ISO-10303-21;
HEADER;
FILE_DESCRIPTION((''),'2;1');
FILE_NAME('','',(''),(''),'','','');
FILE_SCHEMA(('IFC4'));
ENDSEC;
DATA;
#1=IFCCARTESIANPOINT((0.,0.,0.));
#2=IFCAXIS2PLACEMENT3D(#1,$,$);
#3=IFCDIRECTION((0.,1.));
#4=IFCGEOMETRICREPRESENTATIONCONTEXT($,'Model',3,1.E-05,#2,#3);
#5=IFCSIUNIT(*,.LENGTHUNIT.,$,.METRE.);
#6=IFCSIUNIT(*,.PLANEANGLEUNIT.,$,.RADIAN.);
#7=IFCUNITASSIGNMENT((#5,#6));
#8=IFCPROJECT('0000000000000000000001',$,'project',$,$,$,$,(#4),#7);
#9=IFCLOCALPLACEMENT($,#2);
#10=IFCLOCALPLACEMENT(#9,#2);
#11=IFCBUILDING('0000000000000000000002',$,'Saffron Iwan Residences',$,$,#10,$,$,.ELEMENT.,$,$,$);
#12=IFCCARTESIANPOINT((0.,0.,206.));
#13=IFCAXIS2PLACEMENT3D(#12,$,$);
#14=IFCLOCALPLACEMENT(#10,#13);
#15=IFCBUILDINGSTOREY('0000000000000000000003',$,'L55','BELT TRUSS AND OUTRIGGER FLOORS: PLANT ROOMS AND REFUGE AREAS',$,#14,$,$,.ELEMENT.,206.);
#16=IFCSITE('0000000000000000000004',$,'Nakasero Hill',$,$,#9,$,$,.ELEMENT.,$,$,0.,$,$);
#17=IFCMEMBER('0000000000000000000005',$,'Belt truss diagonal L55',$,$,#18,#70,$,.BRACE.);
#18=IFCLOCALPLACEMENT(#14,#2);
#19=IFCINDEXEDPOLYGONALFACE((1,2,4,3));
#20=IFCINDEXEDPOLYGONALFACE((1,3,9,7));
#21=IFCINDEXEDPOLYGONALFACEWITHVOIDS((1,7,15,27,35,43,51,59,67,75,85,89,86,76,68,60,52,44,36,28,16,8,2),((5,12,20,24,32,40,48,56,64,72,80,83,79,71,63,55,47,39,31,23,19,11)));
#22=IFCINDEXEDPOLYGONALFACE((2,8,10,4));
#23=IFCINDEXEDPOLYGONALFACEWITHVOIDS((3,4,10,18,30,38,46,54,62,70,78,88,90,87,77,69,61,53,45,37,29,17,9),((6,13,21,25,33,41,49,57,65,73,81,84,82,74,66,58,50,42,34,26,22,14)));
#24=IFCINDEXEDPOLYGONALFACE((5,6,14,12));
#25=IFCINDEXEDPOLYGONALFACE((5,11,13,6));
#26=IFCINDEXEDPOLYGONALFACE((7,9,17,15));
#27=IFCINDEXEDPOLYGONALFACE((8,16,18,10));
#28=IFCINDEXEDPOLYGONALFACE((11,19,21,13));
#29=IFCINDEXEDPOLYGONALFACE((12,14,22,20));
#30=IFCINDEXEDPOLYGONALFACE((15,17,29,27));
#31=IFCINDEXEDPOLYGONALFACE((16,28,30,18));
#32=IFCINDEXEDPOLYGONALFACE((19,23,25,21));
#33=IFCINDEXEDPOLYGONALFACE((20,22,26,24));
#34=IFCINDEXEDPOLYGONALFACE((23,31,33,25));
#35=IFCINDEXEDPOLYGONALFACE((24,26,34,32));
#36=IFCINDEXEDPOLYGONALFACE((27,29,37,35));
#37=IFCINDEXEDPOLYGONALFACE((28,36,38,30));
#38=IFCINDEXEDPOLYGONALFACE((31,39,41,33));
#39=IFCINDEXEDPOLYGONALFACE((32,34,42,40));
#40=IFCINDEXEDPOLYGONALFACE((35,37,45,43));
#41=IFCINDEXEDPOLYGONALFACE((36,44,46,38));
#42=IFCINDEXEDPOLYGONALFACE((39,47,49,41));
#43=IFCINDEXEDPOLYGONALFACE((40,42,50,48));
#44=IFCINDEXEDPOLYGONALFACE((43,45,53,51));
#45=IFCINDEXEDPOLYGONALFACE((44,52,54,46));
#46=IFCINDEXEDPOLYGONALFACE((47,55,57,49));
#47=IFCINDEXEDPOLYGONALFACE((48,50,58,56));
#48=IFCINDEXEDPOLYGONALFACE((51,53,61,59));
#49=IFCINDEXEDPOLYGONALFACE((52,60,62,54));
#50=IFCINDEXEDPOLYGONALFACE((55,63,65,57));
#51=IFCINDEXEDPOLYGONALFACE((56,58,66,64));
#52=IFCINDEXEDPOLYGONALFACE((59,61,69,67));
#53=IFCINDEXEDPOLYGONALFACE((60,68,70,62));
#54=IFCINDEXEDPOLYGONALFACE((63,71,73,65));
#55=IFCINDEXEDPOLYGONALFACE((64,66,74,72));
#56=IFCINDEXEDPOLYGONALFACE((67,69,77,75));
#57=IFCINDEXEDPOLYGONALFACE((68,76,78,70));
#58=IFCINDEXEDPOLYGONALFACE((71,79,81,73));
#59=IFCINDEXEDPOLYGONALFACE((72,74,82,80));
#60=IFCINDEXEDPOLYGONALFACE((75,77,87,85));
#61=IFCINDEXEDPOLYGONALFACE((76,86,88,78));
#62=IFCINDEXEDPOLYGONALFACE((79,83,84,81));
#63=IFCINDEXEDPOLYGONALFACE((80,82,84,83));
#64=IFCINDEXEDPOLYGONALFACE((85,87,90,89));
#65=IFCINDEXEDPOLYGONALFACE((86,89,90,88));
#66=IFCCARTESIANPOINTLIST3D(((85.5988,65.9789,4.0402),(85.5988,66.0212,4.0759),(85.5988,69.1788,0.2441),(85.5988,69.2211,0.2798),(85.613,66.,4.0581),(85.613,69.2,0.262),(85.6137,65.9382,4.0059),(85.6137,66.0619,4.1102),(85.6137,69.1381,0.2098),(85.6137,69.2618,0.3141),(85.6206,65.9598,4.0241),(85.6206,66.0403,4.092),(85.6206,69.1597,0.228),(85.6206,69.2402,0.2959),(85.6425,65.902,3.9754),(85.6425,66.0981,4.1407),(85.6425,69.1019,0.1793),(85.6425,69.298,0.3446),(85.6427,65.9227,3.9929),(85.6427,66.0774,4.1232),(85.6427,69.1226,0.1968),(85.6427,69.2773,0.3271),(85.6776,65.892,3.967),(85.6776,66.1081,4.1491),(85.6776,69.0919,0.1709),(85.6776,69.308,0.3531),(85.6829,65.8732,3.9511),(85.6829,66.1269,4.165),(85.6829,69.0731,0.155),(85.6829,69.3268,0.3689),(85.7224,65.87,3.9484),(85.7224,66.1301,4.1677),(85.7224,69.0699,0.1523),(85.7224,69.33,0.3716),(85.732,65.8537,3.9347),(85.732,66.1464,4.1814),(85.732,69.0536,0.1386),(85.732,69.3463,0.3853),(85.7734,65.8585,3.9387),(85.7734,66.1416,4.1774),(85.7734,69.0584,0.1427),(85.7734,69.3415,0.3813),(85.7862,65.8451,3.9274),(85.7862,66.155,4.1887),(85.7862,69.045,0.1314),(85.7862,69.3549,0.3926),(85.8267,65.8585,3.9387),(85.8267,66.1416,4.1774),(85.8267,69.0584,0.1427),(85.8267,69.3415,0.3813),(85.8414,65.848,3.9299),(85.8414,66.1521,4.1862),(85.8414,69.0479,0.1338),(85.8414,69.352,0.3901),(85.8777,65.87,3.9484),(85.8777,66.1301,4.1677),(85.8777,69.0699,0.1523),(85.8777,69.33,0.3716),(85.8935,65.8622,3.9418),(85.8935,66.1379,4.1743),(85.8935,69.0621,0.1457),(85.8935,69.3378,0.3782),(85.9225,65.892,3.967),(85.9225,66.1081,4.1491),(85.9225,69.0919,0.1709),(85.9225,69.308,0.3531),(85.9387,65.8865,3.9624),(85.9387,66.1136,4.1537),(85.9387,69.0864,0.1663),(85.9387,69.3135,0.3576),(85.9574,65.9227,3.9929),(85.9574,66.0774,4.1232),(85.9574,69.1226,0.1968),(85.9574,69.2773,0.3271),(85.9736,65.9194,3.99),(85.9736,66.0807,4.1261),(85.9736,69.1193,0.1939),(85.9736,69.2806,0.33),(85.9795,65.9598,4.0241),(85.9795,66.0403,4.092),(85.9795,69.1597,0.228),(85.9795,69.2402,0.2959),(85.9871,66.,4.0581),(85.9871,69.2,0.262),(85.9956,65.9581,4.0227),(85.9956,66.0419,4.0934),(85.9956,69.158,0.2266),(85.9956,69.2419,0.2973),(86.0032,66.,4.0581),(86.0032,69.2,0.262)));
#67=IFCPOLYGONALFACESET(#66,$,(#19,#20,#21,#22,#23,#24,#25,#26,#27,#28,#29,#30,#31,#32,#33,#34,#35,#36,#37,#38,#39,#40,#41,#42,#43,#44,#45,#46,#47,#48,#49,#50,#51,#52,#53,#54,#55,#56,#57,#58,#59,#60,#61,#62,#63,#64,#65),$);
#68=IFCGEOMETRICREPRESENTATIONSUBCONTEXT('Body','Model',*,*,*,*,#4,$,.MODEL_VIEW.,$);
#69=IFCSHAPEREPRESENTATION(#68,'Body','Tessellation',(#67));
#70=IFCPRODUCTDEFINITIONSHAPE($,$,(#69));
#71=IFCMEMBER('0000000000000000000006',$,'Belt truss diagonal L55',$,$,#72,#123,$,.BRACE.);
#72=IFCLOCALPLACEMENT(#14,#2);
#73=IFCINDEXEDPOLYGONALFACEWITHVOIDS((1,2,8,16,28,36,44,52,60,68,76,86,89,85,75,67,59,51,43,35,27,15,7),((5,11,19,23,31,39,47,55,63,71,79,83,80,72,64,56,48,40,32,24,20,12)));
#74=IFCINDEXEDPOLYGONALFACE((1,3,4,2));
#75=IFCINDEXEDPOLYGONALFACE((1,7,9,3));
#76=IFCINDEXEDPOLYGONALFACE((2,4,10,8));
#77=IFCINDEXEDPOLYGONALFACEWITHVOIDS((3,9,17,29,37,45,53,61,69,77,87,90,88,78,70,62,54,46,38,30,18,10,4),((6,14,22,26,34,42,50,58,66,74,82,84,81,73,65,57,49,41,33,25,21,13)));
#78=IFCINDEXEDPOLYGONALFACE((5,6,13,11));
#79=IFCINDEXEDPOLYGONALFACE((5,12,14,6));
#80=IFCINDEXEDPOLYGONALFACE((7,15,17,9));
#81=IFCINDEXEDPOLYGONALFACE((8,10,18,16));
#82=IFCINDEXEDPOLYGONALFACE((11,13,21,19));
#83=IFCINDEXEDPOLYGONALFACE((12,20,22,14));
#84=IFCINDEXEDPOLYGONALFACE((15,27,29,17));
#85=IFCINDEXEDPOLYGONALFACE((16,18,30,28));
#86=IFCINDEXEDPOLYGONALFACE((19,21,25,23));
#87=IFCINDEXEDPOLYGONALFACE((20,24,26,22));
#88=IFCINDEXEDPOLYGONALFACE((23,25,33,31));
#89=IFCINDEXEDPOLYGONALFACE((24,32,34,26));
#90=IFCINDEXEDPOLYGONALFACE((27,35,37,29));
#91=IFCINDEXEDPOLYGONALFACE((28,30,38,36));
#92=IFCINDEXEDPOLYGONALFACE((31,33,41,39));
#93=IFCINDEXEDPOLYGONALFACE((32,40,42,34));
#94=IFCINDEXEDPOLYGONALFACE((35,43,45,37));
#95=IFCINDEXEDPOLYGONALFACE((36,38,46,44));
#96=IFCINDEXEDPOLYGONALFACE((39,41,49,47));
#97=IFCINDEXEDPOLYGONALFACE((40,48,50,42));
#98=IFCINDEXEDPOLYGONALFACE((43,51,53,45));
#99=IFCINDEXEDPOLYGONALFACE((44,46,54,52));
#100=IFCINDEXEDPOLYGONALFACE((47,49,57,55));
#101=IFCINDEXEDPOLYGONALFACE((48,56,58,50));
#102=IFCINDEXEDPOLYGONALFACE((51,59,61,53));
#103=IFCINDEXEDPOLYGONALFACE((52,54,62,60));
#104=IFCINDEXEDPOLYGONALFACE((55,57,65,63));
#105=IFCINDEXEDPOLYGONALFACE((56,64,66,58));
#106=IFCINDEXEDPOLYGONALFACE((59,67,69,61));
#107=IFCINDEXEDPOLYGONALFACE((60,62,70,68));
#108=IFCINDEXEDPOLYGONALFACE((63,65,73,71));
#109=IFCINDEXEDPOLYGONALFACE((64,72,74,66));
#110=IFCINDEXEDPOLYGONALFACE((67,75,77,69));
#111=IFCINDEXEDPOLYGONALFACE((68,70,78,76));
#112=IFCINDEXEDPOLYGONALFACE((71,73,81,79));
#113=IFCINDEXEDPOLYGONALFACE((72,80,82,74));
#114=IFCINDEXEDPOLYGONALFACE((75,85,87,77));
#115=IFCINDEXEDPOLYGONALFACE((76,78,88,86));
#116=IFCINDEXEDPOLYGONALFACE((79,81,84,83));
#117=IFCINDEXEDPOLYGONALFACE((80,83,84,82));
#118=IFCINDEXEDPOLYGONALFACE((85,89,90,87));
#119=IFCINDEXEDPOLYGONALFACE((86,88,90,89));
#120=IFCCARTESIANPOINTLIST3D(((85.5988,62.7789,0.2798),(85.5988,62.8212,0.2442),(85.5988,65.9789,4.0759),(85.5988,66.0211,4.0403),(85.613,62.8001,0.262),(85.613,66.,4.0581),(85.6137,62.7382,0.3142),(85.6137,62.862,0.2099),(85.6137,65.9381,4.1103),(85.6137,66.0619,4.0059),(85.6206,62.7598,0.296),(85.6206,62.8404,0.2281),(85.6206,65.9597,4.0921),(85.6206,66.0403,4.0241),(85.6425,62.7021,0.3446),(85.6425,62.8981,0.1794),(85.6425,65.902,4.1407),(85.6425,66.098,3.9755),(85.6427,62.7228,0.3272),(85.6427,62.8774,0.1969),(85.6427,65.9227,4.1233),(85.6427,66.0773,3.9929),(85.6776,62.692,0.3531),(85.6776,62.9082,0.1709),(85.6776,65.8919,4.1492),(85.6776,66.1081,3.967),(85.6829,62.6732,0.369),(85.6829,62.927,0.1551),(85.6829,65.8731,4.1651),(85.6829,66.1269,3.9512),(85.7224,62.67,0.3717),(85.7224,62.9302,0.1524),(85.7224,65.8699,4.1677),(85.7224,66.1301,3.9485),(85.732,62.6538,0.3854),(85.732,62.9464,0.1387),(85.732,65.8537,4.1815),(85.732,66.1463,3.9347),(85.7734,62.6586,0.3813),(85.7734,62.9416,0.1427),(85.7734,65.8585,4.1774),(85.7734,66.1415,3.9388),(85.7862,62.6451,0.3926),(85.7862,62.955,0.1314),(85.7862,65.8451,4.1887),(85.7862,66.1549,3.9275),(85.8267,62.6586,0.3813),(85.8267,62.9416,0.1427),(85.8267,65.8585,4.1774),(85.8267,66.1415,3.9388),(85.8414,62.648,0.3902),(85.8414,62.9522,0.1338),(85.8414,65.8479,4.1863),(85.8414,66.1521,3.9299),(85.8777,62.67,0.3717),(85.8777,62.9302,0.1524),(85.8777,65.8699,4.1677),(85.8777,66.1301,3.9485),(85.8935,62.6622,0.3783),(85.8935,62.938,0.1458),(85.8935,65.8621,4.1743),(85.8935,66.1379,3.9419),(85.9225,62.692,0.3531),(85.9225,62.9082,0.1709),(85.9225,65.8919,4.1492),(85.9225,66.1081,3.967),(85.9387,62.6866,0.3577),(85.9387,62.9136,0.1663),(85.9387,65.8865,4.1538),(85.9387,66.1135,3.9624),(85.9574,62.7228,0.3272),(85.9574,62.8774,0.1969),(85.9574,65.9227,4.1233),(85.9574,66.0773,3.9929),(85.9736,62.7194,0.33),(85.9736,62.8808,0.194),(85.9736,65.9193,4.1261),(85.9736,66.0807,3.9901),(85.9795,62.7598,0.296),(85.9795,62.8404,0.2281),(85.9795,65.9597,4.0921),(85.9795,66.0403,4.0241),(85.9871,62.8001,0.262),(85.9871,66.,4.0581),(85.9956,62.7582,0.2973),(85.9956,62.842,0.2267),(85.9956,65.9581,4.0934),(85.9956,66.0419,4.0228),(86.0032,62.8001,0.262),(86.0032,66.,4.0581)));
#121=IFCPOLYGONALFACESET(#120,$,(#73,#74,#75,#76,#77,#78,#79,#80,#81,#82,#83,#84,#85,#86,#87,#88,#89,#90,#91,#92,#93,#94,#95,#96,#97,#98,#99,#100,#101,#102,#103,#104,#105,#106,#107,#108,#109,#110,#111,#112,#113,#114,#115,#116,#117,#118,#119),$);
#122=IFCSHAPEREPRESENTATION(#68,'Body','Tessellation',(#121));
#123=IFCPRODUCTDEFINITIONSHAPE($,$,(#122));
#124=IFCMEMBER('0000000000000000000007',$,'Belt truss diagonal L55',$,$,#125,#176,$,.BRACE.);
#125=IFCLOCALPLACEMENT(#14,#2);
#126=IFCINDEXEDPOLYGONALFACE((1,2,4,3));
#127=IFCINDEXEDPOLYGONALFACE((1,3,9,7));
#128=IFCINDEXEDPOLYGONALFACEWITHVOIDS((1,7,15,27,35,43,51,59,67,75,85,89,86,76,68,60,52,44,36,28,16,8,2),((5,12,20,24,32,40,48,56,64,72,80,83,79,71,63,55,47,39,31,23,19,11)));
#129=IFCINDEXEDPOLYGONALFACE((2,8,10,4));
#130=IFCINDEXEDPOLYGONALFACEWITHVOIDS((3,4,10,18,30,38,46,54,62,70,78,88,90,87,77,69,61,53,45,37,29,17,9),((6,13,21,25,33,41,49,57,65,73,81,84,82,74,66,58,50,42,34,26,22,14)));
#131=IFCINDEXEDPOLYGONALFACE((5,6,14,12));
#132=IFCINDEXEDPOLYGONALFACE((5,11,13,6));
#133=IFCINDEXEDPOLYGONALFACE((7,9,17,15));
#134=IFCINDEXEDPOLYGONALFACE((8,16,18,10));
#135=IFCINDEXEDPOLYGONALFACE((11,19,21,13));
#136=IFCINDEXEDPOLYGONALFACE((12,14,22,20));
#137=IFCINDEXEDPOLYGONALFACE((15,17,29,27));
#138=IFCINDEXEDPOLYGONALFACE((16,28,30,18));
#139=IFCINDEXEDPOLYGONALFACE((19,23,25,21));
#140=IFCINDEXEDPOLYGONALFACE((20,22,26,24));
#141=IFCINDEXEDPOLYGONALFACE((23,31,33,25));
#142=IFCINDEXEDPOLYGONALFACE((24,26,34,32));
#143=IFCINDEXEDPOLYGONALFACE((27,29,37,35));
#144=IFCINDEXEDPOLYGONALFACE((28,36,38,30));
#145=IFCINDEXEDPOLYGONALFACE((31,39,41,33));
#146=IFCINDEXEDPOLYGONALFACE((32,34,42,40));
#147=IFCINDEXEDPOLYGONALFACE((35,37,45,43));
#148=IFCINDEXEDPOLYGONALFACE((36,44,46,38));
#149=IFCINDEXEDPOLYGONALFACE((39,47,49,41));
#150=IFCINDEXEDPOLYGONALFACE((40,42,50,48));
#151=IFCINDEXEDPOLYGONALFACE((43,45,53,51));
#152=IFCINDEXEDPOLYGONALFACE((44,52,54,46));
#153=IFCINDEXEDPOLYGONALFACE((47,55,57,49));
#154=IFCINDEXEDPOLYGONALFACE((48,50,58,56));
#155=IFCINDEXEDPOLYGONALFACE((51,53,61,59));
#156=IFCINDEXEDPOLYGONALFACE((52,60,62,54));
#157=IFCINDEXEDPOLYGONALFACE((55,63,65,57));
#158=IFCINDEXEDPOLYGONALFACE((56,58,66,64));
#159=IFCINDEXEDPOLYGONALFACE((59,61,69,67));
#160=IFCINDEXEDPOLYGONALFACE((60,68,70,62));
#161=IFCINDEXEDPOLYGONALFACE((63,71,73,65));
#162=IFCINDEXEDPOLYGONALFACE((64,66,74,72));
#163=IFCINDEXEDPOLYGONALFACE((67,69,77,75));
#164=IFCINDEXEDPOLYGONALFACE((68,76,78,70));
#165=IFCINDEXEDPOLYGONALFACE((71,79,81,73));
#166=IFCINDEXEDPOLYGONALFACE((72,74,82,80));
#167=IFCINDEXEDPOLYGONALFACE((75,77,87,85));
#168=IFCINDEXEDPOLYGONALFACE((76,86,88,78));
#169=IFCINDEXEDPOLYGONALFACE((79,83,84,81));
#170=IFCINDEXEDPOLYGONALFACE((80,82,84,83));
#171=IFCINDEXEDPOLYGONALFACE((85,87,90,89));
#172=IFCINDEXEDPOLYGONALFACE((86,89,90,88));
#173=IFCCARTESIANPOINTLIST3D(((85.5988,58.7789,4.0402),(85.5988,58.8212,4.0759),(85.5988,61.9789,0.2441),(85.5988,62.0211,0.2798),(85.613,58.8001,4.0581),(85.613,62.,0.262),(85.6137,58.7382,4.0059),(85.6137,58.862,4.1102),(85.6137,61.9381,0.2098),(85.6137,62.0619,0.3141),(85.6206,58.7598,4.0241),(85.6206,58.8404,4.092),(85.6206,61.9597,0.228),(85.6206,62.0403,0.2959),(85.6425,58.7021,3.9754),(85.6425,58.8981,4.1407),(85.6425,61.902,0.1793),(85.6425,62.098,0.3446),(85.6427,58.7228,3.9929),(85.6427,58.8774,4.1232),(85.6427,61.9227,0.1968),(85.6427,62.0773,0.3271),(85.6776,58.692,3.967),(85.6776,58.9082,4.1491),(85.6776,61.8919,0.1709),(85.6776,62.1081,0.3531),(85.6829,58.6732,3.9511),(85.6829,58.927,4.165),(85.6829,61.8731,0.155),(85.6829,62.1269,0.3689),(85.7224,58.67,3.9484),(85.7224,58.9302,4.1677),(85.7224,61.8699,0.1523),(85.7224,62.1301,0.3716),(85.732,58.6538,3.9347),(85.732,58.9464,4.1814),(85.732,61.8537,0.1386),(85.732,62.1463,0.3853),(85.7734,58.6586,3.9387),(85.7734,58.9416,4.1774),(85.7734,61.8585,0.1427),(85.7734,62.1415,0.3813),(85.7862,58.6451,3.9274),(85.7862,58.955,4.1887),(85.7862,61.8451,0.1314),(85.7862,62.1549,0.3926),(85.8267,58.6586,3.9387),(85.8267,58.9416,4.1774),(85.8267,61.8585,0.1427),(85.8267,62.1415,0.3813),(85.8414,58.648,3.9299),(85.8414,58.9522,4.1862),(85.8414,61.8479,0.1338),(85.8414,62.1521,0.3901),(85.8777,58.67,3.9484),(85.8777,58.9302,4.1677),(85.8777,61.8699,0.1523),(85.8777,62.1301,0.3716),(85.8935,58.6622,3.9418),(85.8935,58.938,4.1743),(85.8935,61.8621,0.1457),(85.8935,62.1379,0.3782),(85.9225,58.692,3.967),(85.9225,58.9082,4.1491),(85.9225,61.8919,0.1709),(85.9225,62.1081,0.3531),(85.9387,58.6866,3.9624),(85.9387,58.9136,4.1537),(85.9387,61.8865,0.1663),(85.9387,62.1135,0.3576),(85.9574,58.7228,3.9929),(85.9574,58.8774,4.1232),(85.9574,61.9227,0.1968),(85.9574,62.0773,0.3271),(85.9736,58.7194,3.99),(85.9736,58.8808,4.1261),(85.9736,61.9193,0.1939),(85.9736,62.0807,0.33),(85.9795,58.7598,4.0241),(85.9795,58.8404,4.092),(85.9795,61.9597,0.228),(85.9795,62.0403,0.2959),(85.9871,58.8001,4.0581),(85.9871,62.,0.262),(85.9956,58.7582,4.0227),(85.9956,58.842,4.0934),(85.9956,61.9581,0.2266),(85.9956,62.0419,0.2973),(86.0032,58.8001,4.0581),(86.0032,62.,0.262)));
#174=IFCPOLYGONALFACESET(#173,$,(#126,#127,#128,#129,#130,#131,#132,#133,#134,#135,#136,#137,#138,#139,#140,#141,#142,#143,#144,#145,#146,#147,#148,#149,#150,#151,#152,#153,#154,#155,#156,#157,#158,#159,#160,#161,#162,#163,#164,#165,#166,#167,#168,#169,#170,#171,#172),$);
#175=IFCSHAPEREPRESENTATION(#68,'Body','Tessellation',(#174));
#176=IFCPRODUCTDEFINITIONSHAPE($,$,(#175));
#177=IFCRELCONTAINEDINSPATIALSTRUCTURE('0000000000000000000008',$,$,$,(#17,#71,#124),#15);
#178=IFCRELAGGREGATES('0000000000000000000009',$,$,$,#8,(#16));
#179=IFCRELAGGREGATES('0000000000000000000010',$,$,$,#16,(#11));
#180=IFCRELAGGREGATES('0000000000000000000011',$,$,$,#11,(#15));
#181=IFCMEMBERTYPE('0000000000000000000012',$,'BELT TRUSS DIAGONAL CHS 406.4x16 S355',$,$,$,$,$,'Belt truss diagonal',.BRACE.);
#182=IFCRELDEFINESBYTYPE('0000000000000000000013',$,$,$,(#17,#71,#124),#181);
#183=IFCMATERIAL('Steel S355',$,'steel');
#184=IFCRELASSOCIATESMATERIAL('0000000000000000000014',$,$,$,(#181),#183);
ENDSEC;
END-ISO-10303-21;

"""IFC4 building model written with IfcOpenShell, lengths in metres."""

from ifc_helpers import new_model, si_unit, direction, frame, origin, origin_2d, place, context, subcontext, project, spatial, hollow_circle, extrude, source, transform, mapped, material, material_profile, profile_set, type_object, element, save


model = new_model("IFC4")

# Units and contexts
model_context = context("Model", 3, precision=1e-05, world=origin(), true_north=direction((0.0, 1.0)))
body_context = subcontext(model_context, "Body", "Model", "MODEL_VIEW")
ifc_project = project(units=[si_unit("LENGTHUNIT", "METRE"), si_unit("PLANEANGLEUNIT", "RADIAN")], contexts=[model_context])

# Site, building, storey
site_placement = place(None, origin())
site = spatial("IfcSite", under=ifc_project, at=site_placement, Name="Nakasero Hill", CompositionType="ELEMENT", RefElevation=0.0)
building_placement = place(site_placement, origin())
building = spatial("IfcBuilding", under=site, at=building_placement, Name="Saffron Iwan Residences", CompositionType="ELEMENT")
storey_placement = place(building_placement, frame((0.0, 0.0, 206.0)))
storey = spatial("IfcBuildingStorey", under=building, at=storey_placement, Name="L55", Description="BELT TRUSS AND OUTRIGGER FLOORS: PLANT ROOMS AND REFUGE AREAS", CompositionType="ELEMENT", Elevation=206.0)

# Members
ifc_material_1 = material(Name="Steel S355", Category="steel")
ifc_material_profile_1 = material_profile(ifc_material_1, hollow_circle(Radius=0.2031, WallThickness=0.0161, at=origin_2d()), Name="CHS 406.4x16")
ifc_profile_set_1 = profile_set([ifc_material_profile_1], Name="Steel S355")
member_type_1 = type_object("IfcMemberType", Name="BELT TRUSS DIAGONAL CHS 406.4x16 S355", ElementType="Belt truss diagonal", PredefinedType="BRACE", material=ifc_profile_set_1)
shared_shape_1 = source(origin(), body_context, "Body", "SweptSolid", [
    extrude(hollow_circle(Radius=0.2031, WallThickness=0.0161, at=origin_2d()), origin(), (0.0, 0.0, 1.0), 4.9648),
])
for number, where, z_axis, x_axis, name in (
    (1, (85.8, 69.2, 0.262), (0.0, -0.644513, 0.764594), (1.0, 0.0, 0.0), "Belt truss diagonal L55"),
    (2, (85.8, 66.0, 4.0581), (0.0, -0.644513, -0.764594), (1.0, 0.0, 0.0), "Belt truss diagonal L55"),
    (3, (85.8, 62.0, 0.262), (0.0, -0.644513, 0.764594), (1.0, 0.0, 0.0), "Belt truss diagonal L55"),
):
    element("IfcMember", number, at=place(storey_placement, frame(where, z_axis=z_axis, x_axis=x_axis)), inside=storey, type_object=member_type_1, Name=name, PredefinedType="BRACE", context=body_context, shape_type="MappedRepresentation", body=[
        mapped(shared_shape_1, transform((0.0, 0.0, 0.0))),
    ])

save(model, "model.ifc")
